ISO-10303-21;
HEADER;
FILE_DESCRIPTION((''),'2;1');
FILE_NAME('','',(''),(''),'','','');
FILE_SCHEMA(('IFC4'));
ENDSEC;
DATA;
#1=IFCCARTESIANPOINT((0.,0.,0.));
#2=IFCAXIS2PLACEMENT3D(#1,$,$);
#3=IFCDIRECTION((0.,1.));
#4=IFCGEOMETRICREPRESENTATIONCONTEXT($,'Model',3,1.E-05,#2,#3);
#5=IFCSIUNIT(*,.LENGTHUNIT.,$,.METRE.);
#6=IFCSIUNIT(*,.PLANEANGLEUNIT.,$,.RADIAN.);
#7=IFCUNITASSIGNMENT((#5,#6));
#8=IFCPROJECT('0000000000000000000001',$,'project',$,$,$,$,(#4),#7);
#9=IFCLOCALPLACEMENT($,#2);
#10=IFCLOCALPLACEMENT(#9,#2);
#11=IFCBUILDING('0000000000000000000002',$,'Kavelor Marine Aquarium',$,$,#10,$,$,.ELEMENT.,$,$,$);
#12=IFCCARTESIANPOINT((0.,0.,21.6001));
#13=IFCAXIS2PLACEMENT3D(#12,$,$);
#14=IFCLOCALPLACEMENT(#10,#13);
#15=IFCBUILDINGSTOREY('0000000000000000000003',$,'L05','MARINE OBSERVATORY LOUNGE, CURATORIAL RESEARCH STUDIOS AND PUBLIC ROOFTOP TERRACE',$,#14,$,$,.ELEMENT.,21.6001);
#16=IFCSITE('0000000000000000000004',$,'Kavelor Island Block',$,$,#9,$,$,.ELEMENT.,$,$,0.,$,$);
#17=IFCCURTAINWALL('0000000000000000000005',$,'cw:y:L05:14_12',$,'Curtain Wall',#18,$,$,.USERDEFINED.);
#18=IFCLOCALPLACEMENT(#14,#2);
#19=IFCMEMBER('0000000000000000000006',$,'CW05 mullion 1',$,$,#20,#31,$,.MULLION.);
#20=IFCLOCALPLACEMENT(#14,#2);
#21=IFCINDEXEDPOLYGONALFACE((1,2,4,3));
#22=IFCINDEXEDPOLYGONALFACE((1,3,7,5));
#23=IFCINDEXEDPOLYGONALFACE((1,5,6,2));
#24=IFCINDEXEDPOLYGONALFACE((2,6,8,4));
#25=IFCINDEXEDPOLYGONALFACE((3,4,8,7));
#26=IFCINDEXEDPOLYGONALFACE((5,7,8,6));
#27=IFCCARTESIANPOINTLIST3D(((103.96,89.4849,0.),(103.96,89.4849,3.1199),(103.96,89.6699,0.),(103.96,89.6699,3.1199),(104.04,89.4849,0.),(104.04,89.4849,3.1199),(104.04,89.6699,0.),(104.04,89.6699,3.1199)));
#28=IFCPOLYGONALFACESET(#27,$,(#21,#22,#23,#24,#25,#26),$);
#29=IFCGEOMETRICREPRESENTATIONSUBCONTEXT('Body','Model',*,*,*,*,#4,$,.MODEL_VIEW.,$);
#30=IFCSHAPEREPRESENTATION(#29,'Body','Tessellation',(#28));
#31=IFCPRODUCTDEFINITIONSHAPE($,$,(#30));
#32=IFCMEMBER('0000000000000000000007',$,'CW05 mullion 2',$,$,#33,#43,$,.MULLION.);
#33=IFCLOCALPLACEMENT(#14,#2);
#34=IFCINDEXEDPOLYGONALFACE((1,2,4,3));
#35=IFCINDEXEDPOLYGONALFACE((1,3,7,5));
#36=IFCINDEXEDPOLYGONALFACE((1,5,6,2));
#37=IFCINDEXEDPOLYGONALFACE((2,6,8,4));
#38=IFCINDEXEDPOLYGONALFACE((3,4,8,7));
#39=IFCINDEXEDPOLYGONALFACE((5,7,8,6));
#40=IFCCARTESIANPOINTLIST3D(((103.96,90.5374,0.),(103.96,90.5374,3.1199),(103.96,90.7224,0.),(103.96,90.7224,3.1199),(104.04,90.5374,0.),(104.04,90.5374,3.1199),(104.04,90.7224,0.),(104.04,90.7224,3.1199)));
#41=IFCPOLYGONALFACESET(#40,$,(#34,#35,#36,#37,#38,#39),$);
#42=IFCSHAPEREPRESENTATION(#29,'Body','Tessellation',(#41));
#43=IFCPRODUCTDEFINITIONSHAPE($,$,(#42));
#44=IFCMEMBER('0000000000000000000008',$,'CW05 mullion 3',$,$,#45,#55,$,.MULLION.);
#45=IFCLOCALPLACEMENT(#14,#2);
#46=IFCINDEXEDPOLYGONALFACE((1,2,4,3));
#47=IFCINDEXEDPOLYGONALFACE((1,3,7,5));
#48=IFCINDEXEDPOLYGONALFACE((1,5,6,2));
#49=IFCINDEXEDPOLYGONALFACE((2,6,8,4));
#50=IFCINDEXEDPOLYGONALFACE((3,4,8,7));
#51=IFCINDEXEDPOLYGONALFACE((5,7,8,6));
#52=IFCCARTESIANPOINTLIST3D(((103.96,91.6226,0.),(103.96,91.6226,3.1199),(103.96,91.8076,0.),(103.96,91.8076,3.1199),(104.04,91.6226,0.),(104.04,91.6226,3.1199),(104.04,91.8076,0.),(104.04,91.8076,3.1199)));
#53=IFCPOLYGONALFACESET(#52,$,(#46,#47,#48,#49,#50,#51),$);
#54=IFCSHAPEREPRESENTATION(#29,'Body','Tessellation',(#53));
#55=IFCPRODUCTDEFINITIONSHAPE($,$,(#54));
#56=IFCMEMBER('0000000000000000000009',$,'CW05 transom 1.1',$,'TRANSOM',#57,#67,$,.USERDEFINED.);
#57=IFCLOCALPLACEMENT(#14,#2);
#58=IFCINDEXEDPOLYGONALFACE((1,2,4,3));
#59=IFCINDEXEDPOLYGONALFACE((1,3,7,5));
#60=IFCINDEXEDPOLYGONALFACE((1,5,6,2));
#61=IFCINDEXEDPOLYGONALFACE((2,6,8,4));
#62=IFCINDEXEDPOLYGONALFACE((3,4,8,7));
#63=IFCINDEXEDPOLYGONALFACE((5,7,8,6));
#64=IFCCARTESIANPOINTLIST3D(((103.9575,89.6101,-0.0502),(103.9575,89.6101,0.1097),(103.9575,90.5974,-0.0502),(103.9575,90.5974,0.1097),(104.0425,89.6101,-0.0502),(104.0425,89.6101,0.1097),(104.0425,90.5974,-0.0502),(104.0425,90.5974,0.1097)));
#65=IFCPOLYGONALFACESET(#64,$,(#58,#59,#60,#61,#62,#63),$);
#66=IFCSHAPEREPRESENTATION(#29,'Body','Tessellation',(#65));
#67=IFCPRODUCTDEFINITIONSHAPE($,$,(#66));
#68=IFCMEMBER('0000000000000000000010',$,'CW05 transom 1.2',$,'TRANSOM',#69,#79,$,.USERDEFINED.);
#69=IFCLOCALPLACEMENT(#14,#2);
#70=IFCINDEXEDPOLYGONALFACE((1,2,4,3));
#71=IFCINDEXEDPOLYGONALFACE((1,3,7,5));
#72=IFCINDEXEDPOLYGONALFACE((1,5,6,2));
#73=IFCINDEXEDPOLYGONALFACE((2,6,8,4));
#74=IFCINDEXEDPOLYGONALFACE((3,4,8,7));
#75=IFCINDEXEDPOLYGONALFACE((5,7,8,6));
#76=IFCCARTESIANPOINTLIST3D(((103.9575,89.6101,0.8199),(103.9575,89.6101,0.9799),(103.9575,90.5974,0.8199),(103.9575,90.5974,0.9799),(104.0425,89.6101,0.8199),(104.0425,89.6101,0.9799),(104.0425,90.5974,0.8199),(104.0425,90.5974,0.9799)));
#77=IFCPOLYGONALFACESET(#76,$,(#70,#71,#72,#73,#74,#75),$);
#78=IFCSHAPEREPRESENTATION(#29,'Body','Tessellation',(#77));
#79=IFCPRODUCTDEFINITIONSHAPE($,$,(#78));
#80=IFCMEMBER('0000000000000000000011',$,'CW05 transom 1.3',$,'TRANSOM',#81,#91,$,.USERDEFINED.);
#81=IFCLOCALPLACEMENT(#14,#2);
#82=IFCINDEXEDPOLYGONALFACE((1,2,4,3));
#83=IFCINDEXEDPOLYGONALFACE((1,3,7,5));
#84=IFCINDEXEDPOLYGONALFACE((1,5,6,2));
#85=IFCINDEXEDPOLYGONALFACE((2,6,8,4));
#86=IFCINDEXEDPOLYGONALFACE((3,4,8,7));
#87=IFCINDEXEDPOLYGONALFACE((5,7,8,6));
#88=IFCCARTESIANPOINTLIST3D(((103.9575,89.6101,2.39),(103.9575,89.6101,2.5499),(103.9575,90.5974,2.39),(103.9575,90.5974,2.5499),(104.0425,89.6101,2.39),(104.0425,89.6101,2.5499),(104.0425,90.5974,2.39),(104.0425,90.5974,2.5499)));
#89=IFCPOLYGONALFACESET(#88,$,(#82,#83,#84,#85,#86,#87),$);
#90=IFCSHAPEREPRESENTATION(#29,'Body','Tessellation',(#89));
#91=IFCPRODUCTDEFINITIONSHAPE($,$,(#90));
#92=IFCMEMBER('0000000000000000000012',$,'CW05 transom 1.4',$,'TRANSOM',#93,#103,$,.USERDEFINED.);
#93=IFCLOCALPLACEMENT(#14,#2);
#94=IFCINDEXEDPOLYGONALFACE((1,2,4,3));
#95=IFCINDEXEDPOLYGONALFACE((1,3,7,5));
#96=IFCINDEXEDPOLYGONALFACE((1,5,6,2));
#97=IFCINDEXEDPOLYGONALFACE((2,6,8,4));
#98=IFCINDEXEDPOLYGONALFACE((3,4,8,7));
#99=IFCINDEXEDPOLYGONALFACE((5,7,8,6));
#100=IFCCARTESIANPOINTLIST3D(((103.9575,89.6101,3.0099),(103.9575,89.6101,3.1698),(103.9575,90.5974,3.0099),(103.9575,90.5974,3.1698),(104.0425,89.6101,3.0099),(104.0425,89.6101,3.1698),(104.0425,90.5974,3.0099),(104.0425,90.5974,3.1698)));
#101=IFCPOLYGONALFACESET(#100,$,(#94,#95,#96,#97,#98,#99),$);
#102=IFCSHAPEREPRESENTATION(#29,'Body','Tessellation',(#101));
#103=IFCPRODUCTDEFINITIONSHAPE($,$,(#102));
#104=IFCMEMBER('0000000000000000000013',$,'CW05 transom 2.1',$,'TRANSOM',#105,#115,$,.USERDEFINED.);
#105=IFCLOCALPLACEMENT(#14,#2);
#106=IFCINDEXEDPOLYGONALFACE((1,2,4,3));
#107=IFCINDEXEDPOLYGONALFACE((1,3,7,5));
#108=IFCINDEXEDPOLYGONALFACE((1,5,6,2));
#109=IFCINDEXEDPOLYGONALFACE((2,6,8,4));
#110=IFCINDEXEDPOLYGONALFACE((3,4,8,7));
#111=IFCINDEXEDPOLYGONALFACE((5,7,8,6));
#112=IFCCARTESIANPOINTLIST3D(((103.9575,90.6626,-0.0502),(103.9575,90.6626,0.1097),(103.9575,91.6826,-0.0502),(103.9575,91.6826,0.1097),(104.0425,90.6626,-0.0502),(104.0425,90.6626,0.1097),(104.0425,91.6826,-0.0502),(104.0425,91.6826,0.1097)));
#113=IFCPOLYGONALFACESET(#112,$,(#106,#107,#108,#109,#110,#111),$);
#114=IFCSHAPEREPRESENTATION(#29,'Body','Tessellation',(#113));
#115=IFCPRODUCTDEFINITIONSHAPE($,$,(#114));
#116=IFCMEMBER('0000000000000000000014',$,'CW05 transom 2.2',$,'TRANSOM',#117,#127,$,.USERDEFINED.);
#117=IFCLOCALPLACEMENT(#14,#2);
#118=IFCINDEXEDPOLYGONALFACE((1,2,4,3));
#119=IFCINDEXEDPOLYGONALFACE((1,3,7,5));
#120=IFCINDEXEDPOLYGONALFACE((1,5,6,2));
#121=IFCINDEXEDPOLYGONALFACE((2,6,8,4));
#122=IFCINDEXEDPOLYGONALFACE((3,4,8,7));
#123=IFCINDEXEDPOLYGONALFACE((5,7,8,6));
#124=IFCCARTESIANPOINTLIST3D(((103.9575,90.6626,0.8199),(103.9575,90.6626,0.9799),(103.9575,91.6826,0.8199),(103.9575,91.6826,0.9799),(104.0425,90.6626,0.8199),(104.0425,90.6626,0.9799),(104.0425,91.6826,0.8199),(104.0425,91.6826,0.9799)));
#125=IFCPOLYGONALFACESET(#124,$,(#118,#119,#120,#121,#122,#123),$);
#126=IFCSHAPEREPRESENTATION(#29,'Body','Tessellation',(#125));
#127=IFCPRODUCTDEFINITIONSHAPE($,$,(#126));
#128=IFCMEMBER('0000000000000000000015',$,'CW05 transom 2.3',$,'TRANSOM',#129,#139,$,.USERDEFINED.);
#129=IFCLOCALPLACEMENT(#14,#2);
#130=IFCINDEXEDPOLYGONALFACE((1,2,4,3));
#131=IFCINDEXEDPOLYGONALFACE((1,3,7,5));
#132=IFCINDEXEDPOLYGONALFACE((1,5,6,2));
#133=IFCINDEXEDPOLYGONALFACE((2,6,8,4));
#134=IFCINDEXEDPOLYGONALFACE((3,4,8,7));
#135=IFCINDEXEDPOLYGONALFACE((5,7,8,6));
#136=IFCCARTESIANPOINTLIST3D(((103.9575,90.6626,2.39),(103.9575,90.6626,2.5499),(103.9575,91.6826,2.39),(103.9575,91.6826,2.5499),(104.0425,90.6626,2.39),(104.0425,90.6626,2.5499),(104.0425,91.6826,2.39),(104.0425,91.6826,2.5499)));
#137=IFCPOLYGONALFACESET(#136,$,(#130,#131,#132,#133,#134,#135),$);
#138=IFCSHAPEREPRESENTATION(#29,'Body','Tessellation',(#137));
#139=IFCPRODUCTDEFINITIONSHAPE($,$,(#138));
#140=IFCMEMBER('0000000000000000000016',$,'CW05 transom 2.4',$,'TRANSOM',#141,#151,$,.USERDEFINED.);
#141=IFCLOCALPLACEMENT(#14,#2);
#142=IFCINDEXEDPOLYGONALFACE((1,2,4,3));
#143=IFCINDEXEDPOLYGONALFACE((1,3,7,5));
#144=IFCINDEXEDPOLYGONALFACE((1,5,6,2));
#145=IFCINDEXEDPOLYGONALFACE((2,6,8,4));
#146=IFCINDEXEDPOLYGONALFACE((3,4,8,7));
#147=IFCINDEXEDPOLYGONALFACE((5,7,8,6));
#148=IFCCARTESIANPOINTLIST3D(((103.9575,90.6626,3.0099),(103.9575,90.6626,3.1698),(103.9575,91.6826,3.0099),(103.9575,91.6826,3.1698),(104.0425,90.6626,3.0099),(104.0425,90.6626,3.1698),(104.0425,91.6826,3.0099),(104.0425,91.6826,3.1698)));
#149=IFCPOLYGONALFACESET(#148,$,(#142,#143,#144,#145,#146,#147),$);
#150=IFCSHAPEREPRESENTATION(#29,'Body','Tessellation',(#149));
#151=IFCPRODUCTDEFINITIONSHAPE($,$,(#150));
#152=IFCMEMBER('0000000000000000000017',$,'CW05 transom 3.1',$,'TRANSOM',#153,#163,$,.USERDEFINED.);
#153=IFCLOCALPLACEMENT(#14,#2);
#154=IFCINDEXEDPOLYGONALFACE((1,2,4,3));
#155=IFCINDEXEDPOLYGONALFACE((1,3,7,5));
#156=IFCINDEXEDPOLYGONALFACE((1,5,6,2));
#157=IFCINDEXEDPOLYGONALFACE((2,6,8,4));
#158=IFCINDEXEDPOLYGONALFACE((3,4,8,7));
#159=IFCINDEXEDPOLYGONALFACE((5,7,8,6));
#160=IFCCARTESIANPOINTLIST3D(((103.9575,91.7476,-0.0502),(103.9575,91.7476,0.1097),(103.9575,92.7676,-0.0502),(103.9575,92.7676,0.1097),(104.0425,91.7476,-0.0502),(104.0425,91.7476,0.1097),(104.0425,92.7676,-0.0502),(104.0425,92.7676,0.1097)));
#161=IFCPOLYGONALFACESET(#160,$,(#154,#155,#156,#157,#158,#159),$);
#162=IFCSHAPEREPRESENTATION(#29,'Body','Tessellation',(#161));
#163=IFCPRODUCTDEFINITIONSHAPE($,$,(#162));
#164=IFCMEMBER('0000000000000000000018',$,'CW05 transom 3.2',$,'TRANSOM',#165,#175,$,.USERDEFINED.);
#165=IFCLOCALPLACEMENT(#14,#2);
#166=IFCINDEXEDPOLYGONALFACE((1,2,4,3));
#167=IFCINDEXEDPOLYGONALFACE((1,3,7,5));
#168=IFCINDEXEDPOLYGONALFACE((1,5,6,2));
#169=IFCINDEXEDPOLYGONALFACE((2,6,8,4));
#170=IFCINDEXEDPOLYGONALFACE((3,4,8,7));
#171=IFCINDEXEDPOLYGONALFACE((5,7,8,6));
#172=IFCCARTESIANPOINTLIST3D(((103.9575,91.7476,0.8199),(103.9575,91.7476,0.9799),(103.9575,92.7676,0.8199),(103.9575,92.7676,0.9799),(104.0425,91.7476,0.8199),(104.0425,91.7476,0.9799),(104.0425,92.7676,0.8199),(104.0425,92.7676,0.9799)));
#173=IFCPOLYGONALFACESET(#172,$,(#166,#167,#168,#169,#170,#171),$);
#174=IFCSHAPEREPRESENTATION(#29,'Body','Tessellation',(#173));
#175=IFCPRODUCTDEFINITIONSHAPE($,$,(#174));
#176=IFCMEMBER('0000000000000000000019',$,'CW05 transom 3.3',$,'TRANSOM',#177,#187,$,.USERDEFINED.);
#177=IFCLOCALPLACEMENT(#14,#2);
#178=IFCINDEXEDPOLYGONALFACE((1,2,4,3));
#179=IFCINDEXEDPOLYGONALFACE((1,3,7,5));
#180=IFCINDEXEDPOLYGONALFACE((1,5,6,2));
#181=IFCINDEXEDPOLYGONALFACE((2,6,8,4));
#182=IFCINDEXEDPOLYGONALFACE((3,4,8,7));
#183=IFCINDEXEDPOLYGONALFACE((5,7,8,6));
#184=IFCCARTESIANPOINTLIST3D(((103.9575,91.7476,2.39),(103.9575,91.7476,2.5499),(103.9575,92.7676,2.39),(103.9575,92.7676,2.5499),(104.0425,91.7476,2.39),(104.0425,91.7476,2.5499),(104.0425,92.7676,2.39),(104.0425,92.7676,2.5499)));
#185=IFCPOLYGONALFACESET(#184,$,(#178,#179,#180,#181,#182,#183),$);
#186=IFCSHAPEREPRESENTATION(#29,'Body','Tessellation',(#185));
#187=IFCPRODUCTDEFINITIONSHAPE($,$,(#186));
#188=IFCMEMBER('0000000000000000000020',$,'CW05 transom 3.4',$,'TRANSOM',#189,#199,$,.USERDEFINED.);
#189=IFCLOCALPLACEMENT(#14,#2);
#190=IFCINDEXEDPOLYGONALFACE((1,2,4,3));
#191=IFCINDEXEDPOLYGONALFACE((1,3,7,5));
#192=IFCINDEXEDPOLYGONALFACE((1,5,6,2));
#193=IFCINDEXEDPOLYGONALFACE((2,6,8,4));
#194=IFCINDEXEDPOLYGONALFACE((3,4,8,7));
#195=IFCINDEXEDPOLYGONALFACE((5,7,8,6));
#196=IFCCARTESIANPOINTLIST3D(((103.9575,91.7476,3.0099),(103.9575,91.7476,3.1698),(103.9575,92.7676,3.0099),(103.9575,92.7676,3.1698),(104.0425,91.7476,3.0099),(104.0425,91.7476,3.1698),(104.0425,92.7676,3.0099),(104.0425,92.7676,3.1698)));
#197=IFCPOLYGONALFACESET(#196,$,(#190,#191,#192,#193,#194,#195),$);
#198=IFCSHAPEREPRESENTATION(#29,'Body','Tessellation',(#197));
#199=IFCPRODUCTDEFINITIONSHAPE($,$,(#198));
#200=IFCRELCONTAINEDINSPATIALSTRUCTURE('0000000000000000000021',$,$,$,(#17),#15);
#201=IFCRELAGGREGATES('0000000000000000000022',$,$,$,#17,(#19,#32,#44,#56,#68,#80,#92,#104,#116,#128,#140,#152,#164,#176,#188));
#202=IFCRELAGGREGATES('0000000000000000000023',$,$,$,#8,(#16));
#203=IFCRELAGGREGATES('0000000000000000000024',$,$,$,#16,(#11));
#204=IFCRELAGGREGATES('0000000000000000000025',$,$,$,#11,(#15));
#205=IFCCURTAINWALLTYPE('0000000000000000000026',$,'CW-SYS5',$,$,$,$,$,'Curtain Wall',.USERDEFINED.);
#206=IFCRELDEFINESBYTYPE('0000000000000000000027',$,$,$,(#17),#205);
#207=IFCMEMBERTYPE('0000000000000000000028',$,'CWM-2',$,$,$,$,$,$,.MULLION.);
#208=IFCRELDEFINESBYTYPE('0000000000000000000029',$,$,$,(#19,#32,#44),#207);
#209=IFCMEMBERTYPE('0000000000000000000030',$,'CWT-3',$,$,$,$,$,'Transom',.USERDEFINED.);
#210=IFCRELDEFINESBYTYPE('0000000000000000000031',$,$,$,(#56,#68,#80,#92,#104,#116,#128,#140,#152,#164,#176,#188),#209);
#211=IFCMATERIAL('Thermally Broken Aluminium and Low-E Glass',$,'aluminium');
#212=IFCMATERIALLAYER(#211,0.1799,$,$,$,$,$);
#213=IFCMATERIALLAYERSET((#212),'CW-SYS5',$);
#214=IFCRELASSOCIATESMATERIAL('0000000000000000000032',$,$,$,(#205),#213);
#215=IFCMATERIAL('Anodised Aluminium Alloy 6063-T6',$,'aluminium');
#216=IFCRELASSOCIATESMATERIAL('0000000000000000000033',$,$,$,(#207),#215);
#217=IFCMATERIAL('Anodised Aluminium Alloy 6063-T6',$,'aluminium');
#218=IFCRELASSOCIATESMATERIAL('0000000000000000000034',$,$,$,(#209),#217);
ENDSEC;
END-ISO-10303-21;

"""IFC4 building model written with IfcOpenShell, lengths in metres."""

from ifc_helpers import new_model, si_unit, direction, frame, origin, origin_2d, place, context, subcontext, project, spatial, rectangle, extrude, material, layer, layer_set, material_profile, profile_set, type_object, element, aggregate, save


model = new_model("IFC4")

# Units and contexts
model_context = context("Model", 3, precision=1e-05, world=origin(), true_north=direction((0.0, 1.0)))
body_context = subcontext(model_context, "Body", "Model", "MODEL_VIEW")
ifc_project = project(units=[si_unit("LENGTHUNIT", "METRE"), si_unit("PLANEANGLEUNIT", "RADIAN")], contexts=[model_context])

# Site, building, storey
site_placement = place(None, origin())
site = spatial("IfcSite", under=ifc_project, at=site_placement, Name="Kavelor Island Block", CompositionType="ELEMENT", RefElevation=0.0)
building_placement = place(site_placement, origin())
building = spatial("IfcBuilding", under=site, at=building_placement, Name="Kavelor Marine Aquarium", CompositionType="ELEMENT")
storey_placement = place(building_placement, frame((0.0, 0.0, 21.6001)))
storey = spatial("IfcBuildingStorey", under=building, at=storey_placement, Name="L05", Description="MARINE OBSERVATORY LOUNGE, CURATORIAL RESEARCH STUDIOS AND PUBLIC ROOFTOP TERRACE", CompositionType="ELEMENT", Elevation=21.6001)

# Curtain wall, members
ifc_material_1 = material(Name="Thermally Broken Aluminium and Low-E Glass", Category="aluminium")
ifc_layer_1 = layer(ifc_material_1, 0.1799)
ifc_layer_set_1 = layer_set([ifc_layer_1], Name="CW-SYS5")
curtain_wall_type = type_object("IfcCurtainWallType", Name="CW-SYS5", ElementType="Curtain Wall", PredefinedType="USERDEFINED", material=ifc_layer_set_1)
curtain_wall_placement = place(storey_placement, origin())
curtain_wall = element("IfcCurtainWall", 1, at=curtain_wall_placement, inside=storey, type_object=curtain_wall_type, Name="cw:y:L05:14_12", ObjectType="Curtain Wall", PredefinedType="USERDEFINED")
ifc_material_2 = material(Name="Anodised Aluminium Alloy 6063-T6", Category="aluminium")
ifc_material_profile_1 = material_profile(ifc_material_2, rectangle(XDim=0.0801, YDim=0.1851, at=origin_2d()), Name="CW-MUL 80x185")
ifc_profile_set_1 = profile_set([ifc_material_profile_1], Name="Anodised Aluminium Alloy 6063-T6")
member_type_1 = type_object("IfcMemberType", Name="CWM-2", PredefinedType="MULLION", material=ifc_profile_set_1)
member_1_placement = place(storey_placement, frame((104.0, 89.5774, 0.0), z_axis=(0.0, 0.0, 1.0), x_axis=(-1.0, 0.0, 0.0)))
member_1 = element("IfcMember", 2, at=member_1_placement, type_object=member_type_1, Name="CW05 mullion 1", PredefinedType="MULLION", context=body_context, shape_type="SweptSolid", body=[
    extrude(rectangle(XDim=0.0801, YDim=0.1851, at=origin_2d()), origin(), (0.0, 0.0, 1.0), 3.1199),
])
member_2_placement = place(storey_placement, frame((104.0, 90.6299, 0.0), z_axis=(0.0, 0.0, 1.0), x_axis=(-1.0, 0.0, 0.0)))
member_2 = element("IfcMember", 3, at=member_2_placement, type_object=member_type_1, Name="CW05 mullion 2", PredefinedType="MULLION", context=body_context, shape_type="SweptSolid", body=[
    extrude(rectangle(XDim=0.0801, YDim=0.1851, at=origin_2d()), origin(), (0.0, 0.0, 1.0), 3.1199),
])
member_3_placement = place(storey_placement, frame((104.0, 91.7151, 0.0), z_axis=(0.0, 0.0, 1.0), x_axis=(-1.0, 0.0, 0.0)))
member_3 = element("IfcMember", 4, at=member_3_placement, type_object=member_type_1, Name="CW05 mullion 3", PredefinedType="MULLION", context=body_context, shape_type="SweptSolid", body=[
    extrude(rectangle(XDim=0.0801, YDim=0.1851, at=origin_2d()), origin(), (0.0, 0.0, 1.0), 3.1199),
])
ifc_material_3 = material(Name="Anodised Aluminium Alloy 6063-T6", Category="aluminium")
ifc_material_profile_2 = material_profile(ifc_material_3, rectangle(XDim=0.085, YDim=0.1599, at=origin_2d()), Name="CW-TRN 85x160")
ifc_profile_set_2 = profile_set([ifc_material_profile_2], Name="Anodised Aluminium Alloy 6063-T6")
member_type_2 = type_object("IfcMemberType", Name="CWT-3", ElementType="Transom", PredefinedType="USERDEFINED", material=ifc_profile_set_2)
member_4_placement = place(storey_placement, frame((104.0, 89.6101, 0.0298), z_axis=(0.0, 1.0, 0.0), x_axis=(-1.0, 0.0, 0.0)))
member_4 = element("IfcMember", 5, at=member_4_placement, type_object=member_type_2, Name="CW05 transom 1.1", ObjectType="TRANSOM", PredefinedType="USERDEFINED", context=body_context, shape_type="SweptSolid", body=[
    extrude(rectangle(XDim=0.085, YDim=0.1599, at=origin_2d()), origin(), (0.0, 0.0, 1.0), 0.9873),
])
member_5_placement = place(storey_placement, frame((104.0, 89.6101, 0.8999), z_axis=(0.0, 1.0, 0.0), x_axis=(-1.0, 0.0, 0.0)))
member_5 = element("IfcMember", 6, at=member_5_placement, type_object=member_type_2, Name="CW05 transom 1.2", ObjectType="TRANSOM", PredefinedType="USERDEFINED", context=body_context, shape_type="SweptSolid", body=[
    extrude(rectangle(XDim=0.085, YDim=0.1599, at=origin_2d()), origin(), (0.0, 0.0, 1.0), 0.9873),
])
member_6_placement = place(storey_placement, frame((104.0, 89.6101, 2.47), z_axis=(0.0, 1.0, 0.0), x_axis=(-1.0, 0.0, 0.0)))
member_6 = element("IfcMember", 7, at=member_6_placement, type_object=member_type_2, Name="CW05 transom 1.3", ObjectType="TRANSOM", PredefinedType="USERDEFINED", context=body_context, shape_type="SweptSolid", body=[
    extrude(rectangle(XDim=0.085, YDim=0.1599, at=origin_2d()), origin(), (0.0, 0.0, 1.0), 0.9873),
])
member_7_placement = place(storey_placement, frame((104.0, 89.6101, 3.0898), z_axis=(0.0, 1.0, 0.0), x_axis=(-1.0, 0.0, 0.0)))
member_7 = element("IfcMember", 8, at=member_7_placement, type_object=member_type_2, Name="CW05 transom 1.4", ObjectType="TRANSOM", PredefinedType="USERDEFINED", context=body_context, shape_type="SweptSolid", body=[
    extrude(rectangle(XDim=0.085, YDim=0.1599, at=origin_2d()), origin(), (0.0, 0.0, 1.0), 0.9873),
])
member_8_placement = place(storey_placement, frame((104.0, 90.6626, 0.0298), z_axis=(0.0, 1.0, 0.0), x_axis=(-1.0, 0.0, 0.0)))
member_8 = element("IfcMember", 9, at=member_8_placement, type_object=member_type_2, Name="CW05 transom 2.1", ObjectType="TRANSOM", PredefinedType="USERDEFINED", context=body_context, shape_type="SweptSolid", body=[
    extrude(rectangle(XDim=0.085, YDim=0.1599, at=origin_2d()), origin(), (0.0, 0.0, 1.0), 1.02),
])
member_9_placement = place(storey_placement, frame((104.0, 90.6626, 0.8999), z_axis=(0.0, 1.0, 0.0), x_axis=(-1.0, 0.0, 0.0)))
member_9 = element("IfcMember", 10, at=member_9_placement, type_object=member_type_2, Name="CW05 transom 2.2", ObjectType="TRANSOM", PredefinedType="USERDEFINED", context=body_context, shape_type="SweptSolid", body=[
    extrude(rectangle(XDim=0.085, YDim=0.1599, at=origin_2d()), origin(), (0.0, 0.0, 1.0), 1.02),
])
member_10_placement = place(storey_placement, frame((104.0, 90.6626, 2.47), z_axis=(0.0, 1.0, 0.0), x_axis=(-1.0, 0.0, 0.0)))
member_10 = element("IfcMember", 11, at=member_10_placement, type_object=member_type_2, Name="CW05 transom 2.3", ObjectType="TRANSOM", PredefinedType="USERDEFINED", context=body_context, shape_type="SweptSolid", body=[
    extrude(rectangle(XDim=0.085, YDim=0.1599, at=origin_2d()), origin(), (0.0, 0.0, 1.0), 1.02),
])
member_11_placement = place(storey_placement, frame((104.0, 90.6626, 3.0898), z_axis=(0.0, 1.0, 0.0), x_axis=(-1.0, 0.0, 0.0)))
member_11 = element("IfcMember", 12, at=member_11_placement, type_object=member_type_2, Name="CW05 transom 2.4", ObjectType="TRANSOM", PredefinedType="USERDEFINED", context=body_context, shape_type="SweptSolid", body=[
    extrude(rectangle(XDim=0.085, YDim=0.1599, at=origin_2d()), origin(), (0.0, 0.0, 1.0), 1.02),
])
member_12_placement = place(storey_placement, frame((104.0, 91.7476, 0.0298), z_axis=(0.0, 1.0, 0.0), x_axis=(-1.0, 0.0, 0.0)))
member_12 = element("IfcMember", 13, at=member_12_placement, type_object=member_type_2, Name="CW05 transom 3.1", ObjectType="TRANSOM", PredefinedType="USERDEFINED", context=body_context, shape_type="SweptSolid", body=[
    extrude(rectangle(XDim=0.085, YDim=0.1599, at=origin_2d()), origin(), (0.0, 0.0, 1.0), 1.02),
])
member_13_placement = place(storey_placement, frame((104.0, 91.7476, 0.8999), z_axis=(0.0, 1.0, 0.0), x_axis=(-1.0, 0.0, 0.0)))
member_13 = element("IfcMember", 14, at=member_13_placement, type_object=member_type_2, Name="CW05 transom 3.2", ObjectType="TRANSOM", PredefinedType="USERDEFINED", context=body_context, shape_type="SweptSolid", body=[
    extrude(rectangle(XDim=0.085, YDim=0.1599, at=origin_2d()), origin(), (0.0, 0.0, 1.0), 1.02),
])
member_14_placement = place(storey_placement, frame((104.0, 91.7476, 2.47), z_axis=(0.0, 1.0, 0.0), x_axis=(-1.0, 0.0, 0.0)))
member_14 = element("IfcMember", 15, at=member_14_placement, type_object=member_type_2, Name="CW05 transom 3.3", ObjectType="TRANSOM", PredefinedType="USERDEFINED", context=body_context, shape_type="SweptSolid", body=[
    extrude(rectangle(XDim=0.085, YDim=0.1599, at=origin_2d()), origin(), (0.0, 0.0, 1.0), 1.02),
])
member_15_placement = place(storey_placement, frame((104.0, 91.7476, 3.0898), z_axis=(0.0, 1.0, 0.0), x_axis=(-1.0, 0.0, 0.0)))
member_15 = element("IfcMember", 16, at=member_15_placement, type_object=member_type_2, Name="CW05 transom 3.4", ObjectType="TRANSOM", PredefinedType="USERDEFINED", context=body_context, shape_type="SweptSolid", body=[
    extrude(rectangle(XDim=0.085, YDim=0.1599, at=origin_2d()), origin(), (0.0, 0.0, 1.0), 1.02),
])
aggregate(curtain_wall, [member_1, member_2, member_3, member_4, member_5, member_6, member_7, member_8, member_9, member_10, member_11, member_12, member_13, member_14, member_15])

save(model, "model.ifc")
